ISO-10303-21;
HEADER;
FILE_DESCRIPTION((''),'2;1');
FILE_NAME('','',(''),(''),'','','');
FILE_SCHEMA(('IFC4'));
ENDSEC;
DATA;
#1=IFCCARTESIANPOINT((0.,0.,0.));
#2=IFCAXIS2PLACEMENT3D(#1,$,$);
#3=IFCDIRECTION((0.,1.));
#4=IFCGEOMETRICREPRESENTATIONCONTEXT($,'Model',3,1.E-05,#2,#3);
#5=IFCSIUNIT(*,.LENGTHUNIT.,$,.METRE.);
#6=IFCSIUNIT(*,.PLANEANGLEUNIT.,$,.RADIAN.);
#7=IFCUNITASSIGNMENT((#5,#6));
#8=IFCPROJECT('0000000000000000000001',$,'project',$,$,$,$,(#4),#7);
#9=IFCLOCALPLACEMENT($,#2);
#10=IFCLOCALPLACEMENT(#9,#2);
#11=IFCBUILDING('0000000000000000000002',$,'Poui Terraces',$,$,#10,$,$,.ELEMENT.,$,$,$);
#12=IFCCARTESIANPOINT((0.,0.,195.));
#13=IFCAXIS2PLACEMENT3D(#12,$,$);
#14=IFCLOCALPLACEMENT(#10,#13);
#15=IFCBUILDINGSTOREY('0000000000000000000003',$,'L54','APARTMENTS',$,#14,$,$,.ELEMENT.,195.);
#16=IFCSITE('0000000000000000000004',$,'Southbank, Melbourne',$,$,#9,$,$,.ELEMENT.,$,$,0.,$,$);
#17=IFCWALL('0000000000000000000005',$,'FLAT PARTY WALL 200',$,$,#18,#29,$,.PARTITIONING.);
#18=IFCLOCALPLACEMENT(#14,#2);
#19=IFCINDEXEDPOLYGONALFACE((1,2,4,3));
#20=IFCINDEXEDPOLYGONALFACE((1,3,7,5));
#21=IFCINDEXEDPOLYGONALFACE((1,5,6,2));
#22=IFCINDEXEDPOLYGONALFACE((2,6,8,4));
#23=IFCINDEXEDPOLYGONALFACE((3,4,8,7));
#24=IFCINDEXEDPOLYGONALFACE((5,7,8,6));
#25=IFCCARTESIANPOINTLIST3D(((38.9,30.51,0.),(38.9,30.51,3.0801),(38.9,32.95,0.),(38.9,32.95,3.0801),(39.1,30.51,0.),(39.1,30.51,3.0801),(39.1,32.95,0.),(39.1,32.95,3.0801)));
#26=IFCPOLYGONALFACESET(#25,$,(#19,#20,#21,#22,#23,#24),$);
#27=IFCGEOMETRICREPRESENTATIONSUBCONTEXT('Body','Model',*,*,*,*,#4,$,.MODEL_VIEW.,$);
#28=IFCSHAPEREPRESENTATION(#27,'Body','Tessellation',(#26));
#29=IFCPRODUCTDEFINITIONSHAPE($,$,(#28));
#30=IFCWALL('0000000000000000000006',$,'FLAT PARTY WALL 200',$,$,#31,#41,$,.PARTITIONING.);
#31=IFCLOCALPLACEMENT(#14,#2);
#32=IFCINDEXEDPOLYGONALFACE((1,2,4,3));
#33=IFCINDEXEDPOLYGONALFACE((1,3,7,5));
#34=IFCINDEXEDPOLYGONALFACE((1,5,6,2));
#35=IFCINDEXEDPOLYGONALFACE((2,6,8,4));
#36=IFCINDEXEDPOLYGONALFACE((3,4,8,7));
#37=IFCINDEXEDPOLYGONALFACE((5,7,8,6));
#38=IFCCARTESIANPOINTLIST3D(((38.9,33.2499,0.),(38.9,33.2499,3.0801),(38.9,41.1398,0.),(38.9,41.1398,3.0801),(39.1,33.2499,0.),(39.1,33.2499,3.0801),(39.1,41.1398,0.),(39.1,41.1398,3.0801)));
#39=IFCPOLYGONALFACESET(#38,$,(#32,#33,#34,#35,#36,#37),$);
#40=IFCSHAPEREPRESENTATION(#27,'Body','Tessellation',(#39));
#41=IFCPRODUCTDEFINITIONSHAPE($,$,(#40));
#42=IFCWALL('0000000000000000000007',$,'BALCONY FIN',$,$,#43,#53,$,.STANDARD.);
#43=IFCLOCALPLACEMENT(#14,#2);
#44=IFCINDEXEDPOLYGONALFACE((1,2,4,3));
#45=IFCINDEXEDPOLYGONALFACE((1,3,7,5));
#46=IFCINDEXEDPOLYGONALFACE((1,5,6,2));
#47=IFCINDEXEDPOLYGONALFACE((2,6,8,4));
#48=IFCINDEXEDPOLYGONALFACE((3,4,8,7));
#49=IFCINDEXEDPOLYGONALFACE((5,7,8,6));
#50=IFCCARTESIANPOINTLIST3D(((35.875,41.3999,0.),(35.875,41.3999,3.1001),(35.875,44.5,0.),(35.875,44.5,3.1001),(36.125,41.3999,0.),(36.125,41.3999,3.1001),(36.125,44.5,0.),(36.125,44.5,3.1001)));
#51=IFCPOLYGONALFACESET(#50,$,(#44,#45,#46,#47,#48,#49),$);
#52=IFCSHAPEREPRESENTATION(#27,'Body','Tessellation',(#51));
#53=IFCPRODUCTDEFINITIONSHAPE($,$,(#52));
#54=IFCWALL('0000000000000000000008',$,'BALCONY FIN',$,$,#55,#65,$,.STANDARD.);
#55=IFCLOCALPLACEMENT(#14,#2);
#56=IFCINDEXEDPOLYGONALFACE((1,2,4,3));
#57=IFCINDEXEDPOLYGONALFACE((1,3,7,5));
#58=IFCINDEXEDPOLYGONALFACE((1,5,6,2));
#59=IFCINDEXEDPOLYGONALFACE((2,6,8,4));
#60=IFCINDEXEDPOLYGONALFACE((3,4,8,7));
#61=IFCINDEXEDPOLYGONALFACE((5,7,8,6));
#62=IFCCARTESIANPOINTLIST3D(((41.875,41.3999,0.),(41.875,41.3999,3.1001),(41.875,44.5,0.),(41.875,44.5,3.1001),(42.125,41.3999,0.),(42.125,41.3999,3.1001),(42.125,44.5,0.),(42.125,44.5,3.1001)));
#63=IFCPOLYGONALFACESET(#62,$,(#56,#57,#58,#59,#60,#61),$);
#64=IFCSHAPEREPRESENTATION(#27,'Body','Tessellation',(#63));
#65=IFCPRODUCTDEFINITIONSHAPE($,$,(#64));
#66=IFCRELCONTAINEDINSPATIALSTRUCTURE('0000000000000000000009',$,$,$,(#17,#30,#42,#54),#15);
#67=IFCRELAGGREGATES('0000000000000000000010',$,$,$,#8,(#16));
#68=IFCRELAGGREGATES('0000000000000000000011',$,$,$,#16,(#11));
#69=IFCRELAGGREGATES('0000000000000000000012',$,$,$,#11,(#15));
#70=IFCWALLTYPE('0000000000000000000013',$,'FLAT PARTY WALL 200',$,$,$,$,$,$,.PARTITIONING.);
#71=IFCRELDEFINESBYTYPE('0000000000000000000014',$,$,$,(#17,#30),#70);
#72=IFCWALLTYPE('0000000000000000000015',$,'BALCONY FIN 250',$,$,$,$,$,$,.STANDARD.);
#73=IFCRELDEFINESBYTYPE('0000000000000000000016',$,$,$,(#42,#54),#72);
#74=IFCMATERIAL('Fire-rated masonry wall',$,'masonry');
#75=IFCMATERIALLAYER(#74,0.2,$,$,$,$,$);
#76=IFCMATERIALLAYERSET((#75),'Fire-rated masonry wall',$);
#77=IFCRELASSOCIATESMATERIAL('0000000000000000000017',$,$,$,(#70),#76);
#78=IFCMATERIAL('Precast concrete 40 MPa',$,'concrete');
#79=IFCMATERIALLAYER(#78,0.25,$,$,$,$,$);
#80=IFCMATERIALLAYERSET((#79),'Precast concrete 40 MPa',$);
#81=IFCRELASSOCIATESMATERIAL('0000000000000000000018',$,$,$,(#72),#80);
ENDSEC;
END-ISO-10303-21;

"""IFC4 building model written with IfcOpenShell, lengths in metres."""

from ifc_helpers import new_model, si_unit, direction, frame, frame_2d, origin, place, context, subcontext, project, spatial, polyline, rectangle, outline, extrude, source, transform, mapped, material, layer, layer_set, type_object, element, save


model = new_model("IFC4")

# Units and contexts
model_context = context("Model", 3, precision=1e-05, world=origin(), true_north=direction((0.0, 1.0)))
body_context = subcontext(model_context, "Body", "Model", "MODEL_VIEW")
ifc_project = project(units=[si_unit("LENGTHUNIT", "METRE"), si_unit("PLANEANGLEUNIT", "RADIAN")], contexts=[model_context])

# Site, building, storey
site_placement = place(None, origin())
site = spatial("IfcSite", under=ifc_project, at=site_placement, Name="Southbank, Melbourne", CompositionType="ELEMENT", RefElevation=0.0)
building_placement = place(site_placement, origin())
building = spatial("IfcBuilding", under=site, at=building_placement, Name="Poui Terraces", CompositionType="ELEMENT")
storey_placement = place(building_placement, frame((0.0, 0.0, 195.0)))
storey = spatial("IfcBuildingStorey", under=building, at=storey_placement, Name="L54", Description="APARTMENTS", CompositionType="ELEMENT", Elevation=195.0)

# Walls
ifc_material_1 = material(Name="Fire-rated masonry wall", Category="masonry")
ifc_layer_1 = layer(ifc_material_1, 0.2)
ifc_layer_set_1 = layer_set([ifc_layer_1], Name="Fire-rated masonry wall")
wall_type_1 = type_object("IfcWallType", Name="FLAT PARTY WALL 200", PredefinedType="PARTITIONING", material=ifc_layer_set_1)
wall_1_placement = place(storey_placement, frame((39.0, 30.51, 0.0), z_axis=(0.0, 0.0, 1.0), x_axis=(0.0, 1.0, 0.0)))
element("IfcWall", 1, at=wall_1_placement, inside=storey, type_object=wall_type_1, Name="FLAT PARTY WALL 200", PredefinedType="PARTITIONING", context=body_context, shape_type="SweptSolid", body=[
    extrude(rectangle(XDim=2.4399, YDim=0.2, at=frame_2d((1.22, 0.0))), origin(), (0.0, 0.0, 1.0), 3.0801),
])
wall_2_placement = place(storey_placement, frame((39.0, 33.25, 0.0), z_axis=(0.0, 0.0, 1.0), x_axis=(0.0, 1.0, 0.0)))
element("IfcWall", 2, at=wall_2_placement, inside=storey, type_object=wall_type_1, Name="FLAT PARTY WALL 200", PredefinedType="PARTITIONING", context=body_context, shape_type="SweptSolid", body=[
    extrude(rectangle(XDim=7.8899, YDim=0.2, at=frame_2d((3.9448, 0.0))), origin(), (0.0, 0.0, 1.0), 3.0801),
])
ifc_material_2 = material(Name="Precast concrete 40 MPa", Category="concrete")
ifc_layer_2 = layer(ifc_material_2, 0.25)
ifc_layer_set_2 = layer_set([ifc_layer_2], Name="Precast concrete 40 MPa")
wall_type_2 = type_object("IfcWallType", Name="BALCONY FIN 250", PredefinedType="STANDARD", material=ifc_layer_set_2)
shared_shape_1 = source(origin(), body_context, "Body", "SweptSolid", [
    extrude(outline(polyline([(0.0, 0.0), (0.25, 0.0), (0.25, 3.1001), (0.0, 3.1001), (0.0, 0.0)])), origin(), (0.0, 0.0, 1.0), 3.1001),
])
for number, where, name in (
    (3, (35.875, 41.3999, 0.0), "BALCONY FIN"),
    (4, (41.875, 41.3999, 0.0), "BALCONY FIN"),
):
    element("IfcWall", number, at=place(storey_placement, frame(where)), inside=storey, type_object=wall_type_2, Name=name, PredefinedType="STANDARD", context=body_context, shape_type="MappedRepresentation", body=[
        mapped(shared_shape_1, transform((0.0, 0.0, 0.0))),
    ])

save(model, "model.ifc")
